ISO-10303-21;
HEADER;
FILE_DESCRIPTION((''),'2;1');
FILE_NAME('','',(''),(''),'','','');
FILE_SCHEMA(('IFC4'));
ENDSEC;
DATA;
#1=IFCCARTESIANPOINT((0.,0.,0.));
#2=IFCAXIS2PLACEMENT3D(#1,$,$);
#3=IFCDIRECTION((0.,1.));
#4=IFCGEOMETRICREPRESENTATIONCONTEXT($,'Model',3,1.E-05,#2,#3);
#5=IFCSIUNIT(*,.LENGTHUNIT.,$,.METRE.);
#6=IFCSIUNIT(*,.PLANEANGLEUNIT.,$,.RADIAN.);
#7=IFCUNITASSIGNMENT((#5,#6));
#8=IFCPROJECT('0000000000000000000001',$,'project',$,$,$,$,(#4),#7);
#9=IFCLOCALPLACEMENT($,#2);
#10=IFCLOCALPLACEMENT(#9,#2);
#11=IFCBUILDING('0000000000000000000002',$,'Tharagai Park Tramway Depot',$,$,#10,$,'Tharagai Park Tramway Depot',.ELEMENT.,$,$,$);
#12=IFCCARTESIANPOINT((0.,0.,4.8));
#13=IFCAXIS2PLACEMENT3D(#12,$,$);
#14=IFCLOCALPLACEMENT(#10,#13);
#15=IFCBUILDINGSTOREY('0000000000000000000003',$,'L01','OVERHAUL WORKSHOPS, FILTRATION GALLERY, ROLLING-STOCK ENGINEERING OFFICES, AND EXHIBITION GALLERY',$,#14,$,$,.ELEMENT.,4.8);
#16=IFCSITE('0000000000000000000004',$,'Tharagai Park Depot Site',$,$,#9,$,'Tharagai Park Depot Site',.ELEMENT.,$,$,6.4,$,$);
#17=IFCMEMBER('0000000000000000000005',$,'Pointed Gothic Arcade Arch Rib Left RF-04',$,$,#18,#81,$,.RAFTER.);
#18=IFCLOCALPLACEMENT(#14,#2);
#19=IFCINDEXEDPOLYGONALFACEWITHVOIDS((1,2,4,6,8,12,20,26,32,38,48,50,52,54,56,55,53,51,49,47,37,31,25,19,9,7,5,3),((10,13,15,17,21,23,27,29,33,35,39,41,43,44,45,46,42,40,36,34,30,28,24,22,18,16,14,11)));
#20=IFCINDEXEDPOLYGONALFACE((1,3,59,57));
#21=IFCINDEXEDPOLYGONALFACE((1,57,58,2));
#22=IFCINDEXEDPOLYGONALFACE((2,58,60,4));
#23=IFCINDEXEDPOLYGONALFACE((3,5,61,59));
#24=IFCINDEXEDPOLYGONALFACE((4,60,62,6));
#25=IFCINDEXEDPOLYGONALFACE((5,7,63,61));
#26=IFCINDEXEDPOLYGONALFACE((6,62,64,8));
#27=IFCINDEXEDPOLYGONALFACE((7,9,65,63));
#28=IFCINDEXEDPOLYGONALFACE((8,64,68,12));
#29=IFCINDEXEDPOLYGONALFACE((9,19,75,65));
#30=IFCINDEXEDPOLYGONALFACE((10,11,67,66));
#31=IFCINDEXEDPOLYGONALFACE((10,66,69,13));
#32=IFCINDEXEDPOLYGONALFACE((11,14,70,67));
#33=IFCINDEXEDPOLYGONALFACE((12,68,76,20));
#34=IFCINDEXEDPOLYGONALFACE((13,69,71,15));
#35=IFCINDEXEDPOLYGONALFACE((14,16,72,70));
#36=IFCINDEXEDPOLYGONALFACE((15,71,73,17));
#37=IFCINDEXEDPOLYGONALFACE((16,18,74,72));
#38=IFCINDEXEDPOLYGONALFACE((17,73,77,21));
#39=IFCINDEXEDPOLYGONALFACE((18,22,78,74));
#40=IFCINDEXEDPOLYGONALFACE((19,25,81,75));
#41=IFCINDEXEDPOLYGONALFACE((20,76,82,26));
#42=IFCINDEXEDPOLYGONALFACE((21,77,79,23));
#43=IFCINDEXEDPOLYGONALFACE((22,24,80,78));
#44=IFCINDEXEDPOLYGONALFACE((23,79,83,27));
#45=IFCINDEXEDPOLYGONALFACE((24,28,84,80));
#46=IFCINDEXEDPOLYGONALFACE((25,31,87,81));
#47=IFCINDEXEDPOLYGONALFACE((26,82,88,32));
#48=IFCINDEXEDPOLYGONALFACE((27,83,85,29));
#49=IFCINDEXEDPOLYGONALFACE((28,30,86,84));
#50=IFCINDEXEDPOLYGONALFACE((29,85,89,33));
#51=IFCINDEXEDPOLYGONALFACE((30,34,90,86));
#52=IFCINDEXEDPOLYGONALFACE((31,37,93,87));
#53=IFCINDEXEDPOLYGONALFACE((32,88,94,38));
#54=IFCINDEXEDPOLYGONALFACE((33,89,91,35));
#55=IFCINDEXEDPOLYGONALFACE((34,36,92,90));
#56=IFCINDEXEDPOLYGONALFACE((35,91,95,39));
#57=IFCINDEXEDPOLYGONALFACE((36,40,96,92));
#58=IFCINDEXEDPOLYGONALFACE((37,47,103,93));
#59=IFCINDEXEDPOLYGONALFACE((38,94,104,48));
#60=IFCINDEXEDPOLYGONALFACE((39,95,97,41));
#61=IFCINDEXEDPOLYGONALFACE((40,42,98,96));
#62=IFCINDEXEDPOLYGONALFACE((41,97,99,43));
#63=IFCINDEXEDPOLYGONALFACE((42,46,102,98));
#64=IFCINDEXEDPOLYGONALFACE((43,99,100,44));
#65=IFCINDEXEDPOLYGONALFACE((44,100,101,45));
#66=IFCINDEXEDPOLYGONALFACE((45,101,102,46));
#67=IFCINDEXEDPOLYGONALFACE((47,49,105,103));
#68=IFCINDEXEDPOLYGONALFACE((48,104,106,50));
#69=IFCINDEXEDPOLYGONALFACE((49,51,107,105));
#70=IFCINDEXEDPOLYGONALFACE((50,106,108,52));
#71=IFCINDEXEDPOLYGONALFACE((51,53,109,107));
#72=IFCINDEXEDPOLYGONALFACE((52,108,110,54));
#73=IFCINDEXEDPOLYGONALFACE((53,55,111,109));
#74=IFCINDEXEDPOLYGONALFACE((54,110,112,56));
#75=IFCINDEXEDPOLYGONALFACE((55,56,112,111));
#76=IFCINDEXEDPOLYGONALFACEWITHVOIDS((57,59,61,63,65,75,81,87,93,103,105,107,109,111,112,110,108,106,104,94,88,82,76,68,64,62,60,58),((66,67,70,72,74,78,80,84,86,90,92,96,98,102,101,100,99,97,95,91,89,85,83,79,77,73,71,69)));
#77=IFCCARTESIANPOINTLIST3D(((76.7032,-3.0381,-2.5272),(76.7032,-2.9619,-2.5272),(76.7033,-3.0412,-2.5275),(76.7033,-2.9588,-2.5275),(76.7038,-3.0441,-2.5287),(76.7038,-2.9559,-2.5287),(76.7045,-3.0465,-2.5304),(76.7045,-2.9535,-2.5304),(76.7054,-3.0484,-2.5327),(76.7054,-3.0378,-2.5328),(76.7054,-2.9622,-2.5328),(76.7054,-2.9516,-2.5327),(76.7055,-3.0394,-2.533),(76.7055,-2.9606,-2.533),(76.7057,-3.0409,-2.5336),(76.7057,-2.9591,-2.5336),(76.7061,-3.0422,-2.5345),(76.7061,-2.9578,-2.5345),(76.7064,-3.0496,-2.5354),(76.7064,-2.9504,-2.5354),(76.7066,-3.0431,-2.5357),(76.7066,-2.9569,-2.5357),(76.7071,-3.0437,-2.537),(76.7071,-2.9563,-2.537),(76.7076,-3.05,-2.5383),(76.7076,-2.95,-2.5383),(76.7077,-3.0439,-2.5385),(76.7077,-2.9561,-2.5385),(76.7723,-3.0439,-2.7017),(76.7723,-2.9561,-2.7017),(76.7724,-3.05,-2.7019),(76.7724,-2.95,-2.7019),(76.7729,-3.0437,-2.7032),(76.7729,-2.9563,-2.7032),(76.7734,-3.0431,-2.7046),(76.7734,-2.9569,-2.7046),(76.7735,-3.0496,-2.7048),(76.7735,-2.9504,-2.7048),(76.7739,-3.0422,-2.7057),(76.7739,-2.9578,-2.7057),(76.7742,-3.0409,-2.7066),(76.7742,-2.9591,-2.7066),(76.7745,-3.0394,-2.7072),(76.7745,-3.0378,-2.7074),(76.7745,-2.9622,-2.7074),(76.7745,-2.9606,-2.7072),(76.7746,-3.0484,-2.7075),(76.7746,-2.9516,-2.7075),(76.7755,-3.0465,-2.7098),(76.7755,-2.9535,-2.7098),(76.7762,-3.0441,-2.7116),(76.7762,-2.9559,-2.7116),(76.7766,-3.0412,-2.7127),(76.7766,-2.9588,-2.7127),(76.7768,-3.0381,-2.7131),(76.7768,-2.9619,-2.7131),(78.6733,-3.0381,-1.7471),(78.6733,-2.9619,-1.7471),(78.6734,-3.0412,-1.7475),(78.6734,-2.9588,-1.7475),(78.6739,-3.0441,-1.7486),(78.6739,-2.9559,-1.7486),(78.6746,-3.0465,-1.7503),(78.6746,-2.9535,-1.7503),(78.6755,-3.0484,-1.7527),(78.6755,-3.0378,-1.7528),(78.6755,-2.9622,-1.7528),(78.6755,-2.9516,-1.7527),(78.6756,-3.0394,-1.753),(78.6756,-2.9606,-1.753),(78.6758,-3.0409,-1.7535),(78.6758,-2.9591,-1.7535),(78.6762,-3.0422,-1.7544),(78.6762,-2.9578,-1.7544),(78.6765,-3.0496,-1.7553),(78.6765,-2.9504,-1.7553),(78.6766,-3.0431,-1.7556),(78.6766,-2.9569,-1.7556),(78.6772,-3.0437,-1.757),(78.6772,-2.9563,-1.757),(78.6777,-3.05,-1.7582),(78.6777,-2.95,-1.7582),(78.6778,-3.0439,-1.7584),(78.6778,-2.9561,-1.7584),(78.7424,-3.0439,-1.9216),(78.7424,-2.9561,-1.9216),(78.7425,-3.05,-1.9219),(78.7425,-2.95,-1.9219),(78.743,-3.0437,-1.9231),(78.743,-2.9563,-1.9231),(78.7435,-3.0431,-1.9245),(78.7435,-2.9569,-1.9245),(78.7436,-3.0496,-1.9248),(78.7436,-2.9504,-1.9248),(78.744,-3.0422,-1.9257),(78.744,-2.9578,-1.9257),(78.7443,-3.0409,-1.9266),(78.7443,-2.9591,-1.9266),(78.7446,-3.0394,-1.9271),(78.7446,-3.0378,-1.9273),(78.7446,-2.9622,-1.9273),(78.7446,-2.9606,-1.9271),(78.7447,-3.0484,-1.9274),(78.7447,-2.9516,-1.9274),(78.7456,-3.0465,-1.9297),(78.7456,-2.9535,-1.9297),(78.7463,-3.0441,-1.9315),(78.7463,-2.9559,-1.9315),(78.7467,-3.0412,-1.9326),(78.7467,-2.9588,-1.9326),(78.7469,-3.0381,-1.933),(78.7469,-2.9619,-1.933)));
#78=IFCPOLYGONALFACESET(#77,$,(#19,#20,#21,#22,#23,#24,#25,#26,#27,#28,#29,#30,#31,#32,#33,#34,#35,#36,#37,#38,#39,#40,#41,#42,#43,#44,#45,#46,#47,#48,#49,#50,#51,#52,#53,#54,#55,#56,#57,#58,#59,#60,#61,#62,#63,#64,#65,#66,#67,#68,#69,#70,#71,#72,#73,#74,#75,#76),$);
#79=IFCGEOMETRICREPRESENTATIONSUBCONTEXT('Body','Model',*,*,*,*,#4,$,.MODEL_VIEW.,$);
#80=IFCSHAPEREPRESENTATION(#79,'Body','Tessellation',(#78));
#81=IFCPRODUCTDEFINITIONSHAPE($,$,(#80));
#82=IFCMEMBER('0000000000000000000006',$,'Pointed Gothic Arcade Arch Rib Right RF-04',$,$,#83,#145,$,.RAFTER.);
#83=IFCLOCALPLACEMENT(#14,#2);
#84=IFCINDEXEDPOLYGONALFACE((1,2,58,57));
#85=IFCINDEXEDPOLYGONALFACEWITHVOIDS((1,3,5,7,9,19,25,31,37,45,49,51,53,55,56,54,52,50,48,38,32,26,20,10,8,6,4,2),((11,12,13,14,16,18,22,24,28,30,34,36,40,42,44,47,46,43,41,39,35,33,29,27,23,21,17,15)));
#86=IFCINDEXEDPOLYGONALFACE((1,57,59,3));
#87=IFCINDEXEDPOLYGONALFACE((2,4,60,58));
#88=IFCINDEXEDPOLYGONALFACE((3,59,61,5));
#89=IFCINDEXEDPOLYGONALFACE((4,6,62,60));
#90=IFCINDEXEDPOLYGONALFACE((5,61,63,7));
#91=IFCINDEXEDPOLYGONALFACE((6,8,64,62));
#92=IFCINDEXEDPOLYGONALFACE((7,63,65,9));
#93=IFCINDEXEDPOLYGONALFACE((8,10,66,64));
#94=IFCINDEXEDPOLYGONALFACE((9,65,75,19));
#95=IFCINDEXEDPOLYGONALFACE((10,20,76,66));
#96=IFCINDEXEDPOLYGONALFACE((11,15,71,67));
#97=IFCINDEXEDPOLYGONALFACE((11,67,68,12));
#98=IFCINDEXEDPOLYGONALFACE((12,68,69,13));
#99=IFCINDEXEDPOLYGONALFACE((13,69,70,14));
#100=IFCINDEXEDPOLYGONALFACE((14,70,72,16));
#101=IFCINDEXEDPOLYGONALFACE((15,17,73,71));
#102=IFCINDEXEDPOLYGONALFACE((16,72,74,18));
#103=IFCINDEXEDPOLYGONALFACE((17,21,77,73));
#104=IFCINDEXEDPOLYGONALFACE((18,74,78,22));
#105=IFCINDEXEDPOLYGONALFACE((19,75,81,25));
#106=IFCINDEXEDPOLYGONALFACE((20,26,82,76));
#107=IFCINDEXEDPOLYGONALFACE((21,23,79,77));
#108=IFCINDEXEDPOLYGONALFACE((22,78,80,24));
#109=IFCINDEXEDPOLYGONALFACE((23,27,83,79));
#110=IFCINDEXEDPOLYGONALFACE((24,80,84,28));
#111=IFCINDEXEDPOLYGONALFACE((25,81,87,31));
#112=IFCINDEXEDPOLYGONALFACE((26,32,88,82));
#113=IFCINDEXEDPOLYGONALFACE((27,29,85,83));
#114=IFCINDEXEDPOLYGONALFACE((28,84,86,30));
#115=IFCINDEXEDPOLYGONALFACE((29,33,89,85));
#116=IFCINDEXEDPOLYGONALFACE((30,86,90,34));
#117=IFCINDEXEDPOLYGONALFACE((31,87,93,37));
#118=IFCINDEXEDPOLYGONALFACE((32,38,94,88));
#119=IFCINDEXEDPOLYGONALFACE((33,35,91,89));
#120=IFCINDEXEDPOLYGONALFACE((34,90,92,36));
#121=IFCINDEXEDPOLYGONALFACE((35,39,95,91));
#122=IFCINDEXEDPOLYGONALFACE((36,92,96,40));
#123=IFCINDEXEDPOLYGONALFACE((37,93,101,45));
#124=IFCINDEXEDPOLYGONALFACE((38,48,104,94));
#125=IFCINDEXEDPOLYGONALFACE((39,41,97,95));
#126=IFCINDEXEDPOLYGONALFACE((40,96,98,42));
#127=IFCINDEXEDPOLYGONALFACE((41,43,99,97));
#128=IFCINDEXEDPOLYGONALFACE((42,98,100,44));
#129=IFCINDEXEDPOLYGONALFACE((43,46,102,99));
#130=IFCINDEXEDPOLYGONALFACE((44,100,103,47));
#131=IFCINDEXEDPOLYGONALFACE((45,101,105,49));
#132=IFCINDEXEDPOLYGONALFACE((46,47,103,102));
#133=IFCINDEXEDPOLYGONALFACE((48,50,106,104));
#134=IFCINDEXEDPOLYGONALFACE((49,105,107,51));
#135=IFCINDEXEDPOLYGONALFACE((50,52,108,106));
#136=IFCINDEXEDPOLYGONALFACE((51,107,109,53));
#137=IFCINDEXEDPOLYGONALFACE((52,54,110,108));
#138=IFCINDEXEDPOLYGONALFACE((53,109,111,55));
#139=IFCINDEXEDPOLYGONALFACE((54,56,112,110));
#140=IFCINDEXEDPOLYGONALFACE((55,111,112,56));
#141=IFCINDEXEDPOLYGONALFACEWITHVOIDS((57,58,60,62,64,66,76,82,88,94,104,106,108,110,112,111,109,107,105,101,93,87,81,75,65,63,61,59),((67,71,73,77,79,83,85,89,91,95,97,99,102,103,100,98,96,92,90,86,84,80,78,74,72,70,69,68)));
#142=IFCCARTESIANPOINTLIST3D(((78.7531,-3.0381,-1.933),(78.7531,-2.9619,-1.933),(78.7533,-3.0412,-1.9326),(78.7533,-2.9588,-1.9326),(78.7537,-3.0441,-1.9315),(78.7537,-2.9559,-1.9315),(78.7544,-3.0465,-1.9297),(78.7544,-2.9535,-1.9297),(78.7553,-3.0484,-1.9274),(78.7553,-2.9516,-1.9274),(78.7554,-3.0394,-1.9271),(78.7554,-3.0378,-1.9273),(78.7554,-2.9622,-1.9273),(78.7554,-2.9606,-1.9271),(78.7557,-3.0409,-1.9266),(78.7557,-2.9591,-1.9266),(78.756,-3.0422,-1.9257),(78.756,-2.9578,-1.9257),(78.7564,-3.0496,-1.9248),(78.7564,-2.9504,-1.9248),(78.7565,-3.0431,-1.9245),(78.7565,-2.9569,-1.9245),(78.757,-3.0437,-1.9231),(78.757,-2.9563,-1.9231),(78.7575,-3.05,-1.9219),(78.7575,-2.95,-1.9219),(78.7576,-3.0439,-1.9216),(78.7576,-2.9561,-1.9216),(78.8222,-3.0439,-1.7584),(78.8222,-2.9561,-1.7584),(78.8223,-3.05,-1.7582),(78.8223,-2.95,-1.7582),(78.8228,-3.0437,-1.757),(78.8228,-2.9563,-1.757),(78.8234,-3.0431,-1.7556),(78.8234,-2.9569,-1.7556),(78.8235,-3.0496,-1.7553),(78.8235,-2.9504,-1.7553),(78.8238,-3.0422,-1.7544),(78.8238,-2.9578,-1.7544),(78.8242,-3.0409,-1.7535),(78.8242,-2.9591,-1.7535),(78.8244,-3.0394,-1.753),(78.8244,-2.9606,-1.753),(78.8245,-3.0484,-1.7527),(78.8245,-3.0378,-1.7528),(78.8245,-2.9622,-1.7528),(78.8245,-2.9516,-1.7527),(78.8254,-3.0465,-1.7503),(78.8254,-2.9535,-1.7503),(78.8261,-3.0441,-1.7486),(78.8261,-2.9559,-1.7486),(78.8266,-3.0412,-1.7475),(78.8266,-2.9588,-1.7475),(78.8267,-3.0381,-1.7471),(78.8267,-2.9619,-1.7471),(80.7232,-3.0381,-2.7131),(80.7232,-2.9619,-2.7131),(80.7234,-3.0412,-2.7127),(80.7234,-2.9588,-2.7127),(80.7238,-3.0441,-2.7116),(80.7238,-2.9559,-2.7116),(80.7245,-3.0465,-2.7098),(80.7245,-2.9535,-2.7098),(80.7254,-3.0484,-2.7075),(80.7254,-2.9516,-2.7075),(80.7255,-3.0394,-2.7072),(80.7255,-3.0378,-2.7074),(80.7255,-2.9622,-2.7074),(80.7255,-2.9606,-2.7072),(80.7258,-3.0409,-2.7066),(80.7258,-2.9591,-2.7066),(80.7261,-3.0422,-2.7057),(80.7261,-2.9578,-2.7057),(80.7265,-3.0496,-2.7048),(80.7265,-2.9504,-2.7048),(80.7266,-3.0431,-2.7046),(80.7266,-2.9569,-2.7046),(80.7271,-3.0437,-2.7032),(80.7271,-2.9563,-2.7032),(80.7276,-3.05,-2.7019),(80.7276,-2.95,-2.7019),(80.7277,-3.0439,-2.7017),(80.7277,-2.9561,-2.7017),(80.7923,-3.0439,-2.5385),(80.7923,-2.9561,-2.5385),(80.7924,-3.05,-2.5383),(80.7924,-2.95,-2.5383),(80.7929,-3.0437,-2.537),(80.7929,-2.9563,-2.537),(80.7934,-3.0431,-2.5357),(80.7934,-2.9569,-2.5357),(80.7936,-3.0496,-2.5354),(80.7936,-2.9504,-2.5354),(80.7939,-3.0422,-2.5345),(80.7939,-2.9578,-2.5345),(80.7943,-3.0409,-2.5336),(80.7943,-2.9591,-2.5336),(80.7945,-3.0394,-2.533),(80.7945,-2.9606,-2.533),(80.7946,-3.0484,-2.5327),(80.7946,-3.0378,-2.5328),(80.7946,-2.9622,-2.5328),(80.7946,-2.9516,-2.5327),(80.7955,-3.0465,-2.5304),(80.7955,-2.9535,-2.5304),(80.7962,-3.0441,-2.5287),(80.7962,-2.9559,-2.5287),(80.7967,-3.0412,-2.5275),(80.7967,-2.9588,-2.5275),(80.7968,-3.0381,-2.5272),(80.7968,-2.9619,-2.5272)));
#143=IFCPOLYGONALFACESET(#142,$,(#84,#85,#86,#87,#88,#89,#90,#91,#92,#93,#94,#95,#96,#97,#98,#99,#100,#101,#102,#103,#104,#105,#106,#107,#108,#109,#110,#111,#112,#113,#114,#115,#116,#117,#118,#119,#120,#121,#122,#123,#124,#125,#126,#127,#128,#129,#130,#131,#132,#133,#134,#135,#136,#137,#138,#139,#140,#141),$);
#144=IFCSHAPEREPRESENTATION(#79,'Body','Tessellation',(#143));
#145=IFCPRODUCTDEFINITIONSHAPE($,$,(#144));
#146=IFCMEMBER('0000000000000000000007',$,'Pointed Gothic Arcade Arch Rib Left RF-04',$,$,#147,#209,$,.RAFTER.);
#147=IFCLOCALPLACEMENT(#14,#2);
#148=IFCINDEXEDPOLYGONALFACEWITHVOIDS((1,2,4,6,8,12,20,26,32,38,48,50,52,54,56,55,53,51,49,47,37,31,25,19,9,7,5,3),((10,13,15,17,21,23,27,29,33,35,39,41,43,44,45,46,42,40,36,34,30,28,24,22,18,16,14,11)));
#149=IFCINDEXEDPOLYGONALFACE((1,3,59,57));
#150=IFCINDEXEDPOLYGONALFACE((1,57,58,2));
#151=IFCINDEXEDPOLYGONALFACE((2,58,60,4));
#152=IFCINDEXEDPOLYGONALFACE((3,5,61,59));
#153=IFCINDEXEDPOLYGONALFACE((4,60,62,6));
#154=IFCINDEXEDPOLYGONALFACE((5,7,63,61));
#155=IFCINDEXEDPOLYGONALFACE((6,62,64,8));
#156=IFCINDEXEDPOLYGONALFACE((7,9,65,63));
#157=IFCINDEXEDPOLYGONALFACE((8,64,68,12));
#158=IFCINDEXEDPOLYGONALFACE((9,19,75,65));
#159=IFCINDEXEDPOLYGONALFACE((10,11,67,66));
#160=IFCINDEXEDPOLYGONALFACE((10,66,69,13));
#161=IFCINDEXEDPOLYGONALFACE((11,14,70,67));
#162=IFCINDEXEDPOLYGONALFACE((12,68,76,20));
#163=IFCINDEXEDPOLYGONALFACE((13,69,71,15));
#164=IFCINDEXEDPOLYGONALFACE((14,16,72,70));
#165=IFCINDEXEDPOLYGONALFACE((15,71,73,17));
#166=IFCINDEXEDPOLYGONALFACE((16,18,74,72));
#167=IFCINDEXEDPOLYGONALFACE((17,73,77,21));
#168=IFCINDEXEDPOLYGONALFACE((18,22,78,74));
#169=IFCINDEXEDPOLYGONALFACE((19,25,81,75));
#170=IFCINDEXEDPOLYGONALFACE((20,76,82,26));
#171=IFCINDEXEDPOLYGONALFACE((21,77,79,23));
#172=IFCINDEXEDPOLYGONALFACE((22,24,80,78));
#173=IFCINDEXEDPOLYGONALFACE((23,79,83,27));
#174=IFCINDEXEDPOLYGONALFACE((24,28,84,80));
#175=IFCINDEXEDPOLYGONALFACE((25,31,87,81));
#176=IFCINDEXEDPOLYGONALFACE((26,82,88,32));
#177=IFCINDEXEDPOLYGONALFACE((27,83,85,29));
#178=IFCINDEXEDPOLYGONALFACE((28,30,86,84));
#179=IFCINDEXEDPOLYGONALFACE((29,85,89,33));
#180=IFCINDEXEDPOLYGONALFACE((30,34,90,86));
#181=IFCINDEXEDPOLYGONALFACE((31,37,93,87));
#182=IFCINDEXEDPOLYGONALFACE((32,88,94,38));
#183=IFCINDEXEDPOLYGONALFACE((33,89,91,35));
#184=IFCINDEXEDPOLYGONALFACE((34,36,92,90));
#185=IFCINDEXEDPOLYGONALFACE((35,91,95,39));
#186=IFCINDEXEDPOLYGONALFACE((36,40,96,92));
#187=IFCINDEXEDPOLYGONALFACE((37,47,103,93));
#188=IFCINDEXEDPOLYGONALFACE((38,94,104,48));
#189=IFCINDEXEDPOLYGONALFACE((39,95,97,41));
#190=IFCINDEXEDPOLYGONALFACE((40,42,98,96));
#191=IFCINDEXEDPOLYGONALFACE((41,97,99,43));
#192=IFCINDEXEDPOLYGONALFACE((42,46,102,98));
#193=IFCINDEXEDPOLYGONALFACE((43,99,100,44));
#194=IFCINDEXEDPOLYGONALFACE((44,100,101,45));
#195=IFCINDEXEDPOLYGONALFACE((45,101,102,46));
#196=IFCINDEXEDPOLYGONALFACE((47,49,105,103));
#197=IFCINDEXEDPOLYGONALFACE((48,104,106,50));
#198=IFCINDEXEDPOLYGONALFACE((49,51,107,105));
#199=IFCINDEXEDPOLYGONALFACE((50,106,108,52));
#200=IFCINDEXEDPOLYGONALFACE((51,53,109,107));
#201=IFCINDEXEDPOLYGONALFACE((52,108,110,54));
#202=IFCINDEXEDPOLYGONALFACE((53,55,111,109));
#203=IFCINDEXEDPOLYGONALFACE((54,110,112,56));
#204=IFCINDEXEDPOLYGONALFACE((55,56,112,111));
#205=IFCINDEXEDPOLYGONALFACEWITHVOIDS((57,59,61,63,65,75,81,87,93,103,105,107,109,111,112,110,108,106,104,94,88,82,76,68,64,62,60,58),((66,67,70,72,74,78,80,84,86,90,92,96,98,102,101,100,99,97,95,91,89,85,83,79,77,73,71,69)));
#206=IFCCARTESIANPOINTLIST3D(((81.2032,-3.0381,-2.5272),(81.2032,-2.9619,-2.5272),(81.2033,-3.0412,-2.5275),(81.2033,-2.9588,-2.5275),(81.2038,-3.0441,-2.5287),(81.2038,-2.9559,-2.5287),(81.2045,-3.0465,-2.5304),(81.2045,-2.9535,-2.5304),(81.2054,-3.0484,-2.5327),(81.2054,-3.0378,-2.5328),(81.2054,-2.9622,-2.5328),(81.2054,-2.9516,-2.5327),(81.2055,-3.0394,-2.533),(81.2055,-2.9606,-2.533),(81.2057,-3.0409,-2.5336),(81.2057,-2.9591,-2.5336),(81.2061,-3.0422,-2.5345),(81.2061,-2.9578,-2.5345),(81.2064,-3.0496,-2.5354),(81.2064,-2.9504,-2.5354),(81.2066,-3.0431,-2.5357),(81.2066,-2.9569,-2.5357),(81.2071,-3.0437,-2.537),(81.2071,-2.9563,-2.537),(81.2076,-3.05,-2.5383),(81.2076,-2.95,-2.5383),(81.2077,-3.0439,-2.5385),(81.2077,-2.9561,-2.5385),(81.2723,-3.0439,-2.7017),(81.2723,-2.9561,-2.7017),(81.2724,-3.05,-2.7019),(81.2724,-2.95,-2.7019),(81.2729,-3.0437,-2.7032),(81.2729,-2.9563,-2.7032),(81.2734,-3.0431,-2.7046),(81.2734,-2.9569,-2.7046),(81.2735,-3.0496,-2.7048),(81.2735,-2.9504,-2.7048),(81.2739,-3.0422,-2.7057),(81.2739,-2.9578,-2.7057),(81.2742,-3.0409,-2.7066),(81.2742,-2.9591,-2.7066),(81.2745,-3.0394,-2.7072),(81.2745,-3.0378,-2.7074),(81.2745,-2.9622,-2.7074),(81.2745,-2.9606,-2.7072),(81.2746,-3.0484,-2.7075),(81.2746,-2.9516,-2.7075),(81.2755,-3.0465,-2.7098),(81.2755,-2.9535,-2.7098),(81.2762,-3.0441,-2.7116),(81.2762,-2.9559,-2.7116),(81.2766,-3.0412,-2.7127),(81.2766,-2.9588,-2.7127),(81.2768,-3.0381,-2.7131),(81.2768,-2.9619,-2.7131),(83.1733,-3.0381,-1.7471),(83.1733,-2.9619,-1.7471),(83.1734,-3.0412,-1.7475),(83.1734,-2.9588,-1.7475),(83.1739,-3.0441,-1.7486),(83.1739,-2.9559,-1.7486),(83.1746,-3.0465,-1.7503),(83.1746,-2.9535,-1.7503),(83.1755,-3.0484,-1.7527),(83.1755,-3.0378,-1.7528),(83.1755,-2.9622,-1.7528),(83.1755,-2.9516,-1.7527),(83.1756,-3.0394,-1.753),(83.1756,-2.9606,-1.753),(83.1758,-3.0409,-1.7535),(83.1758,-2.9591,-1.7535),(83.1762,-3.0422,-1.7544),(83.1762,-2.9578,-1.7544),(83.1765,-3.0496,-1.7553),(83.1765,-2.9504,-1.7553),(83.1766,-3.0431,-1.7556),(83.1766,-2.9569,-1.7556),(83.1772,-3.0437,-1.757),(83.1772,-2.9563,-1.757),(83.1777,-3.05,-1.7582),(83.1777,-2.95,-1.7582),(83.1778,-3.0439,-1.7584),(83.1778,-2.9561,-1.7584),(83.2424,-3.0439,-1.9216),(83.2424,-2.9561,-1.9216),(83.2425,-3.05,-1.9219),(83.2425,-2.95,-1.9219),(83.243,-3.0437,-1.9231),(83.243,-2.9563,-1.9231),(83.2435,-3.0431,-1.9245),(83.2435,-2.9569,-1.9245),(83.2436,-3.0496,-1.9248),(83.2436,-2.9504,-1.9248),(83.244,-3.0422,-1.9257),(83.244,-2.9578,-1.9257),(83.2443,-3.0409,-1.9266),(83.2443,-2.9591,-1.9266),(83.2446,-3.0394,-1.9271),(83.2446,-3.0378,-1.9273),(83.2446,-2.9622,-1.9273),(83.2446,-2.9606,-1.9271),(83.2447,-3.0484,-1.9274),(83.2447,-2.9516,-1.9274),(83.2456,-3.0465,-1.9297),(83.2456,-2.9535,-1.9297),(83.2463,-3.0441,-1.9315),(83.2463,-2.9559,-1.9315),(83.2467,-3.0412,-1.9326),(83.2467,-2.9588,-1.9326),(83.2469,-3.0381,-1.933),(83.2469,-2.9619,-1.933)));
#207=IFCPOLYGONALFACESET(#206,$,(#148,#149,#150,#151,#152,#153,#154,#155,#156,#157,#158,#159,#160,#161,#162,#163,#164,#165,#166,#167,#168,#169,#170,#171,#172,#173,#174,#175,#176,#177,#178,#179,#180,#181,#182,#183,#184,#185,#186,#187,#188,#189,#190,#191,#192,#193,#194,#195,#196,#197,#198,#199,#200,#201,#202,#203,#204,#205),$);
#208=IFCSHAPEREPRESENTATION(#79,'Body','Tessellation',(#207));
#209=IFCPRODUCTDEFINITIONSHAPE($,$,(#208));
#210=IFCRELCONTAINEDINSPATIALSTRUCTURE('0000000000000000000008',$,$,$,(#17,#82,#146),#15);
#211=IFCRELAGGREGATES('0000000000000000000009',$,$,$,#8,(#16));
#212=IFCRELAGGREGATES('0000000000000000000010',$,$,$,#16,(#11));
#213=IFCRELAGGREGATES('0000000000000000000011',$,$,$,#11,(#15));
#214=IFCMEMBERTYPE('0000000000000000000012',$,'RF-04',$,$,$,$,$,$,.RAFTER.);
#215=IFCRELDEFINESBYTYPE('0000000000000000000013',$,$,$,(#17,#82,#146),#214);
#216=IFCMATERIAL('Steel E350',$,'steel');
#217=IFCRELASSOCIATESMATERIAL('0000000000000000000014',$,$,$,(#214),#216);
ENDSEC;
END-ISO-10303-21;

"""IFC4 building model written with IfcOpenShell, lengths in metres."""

from ifc_helpers import new_model, si_unit, direction, frame, origin, origin_2d, place, context, subcontext, project, spatial, hollow_rectangle, extrude, material, material_profile, profile_set, type_object, element, save


model = new_model("IFC4")

# Units and contexts
model_context = context("Model", 3, precision=1e-05, world=origin(), true_north=direction((0.0, 1.0)))
body_context = subcontext(model_context, "Body", "Model", "MODEL_VIEW")
ifc_project = project(units=[si_unit("LENGTHUNIT", "METRE"), si_unit("PLANEANGLEUNIT", "RADIAN")], contexts=[model_context])

# Site, building, storey
site_placement = place(None, origin())
site = spatial("IfcSite", under=ifc_project, at=site_placement, Name="Tharagai Park Depot Site", LongName="Tharagai Park Depot Site", CompositionType="ELEMENT", RefElevation=6.4)
building_placement = place(site_placement, origin())
building = spatial("IfcBuilding", under=site, at=building_placement, Name="Tharagai Park Tramway Depot", LongName="Tharagai Park Tramway Depot", CompositionType="ELEMENT")
storey_placement = place(building_placement, frame((0.0, 0.0, 4.8)))
storey = spatial("IfcBuildingStorey", under=building, at=storey_placement, Name="L01", Description="OVERHAUL WORKSHOPS, FILTRATION GALLERY, ROLLING-STOCK ENGINEERING OFFICES, AND EXHIBITION GALLERY", CompositionType="ELEMENT", Elevation=4.8)

# Members
ifc_material_1 = material(Name="Steel E350", Category="steel")
ifc_material_profile_1 = material_profile(ifc_material_1, hollow_rectangle(XDim=0.1001, YDim=0.2, WallThickness=0.0061, InnerFilletRadius=0.0061, OuterFilletRadius=0.012, at=origin_2d()), Name="RHS 200x100x6")
ifc_profile_set_1 = profile_set([ifc_material_profile_1], Name="Steel E350")
member_type_1 = type_object("IfcMemberType", Name="RF-04", PredefinedType="RAFTER", material=ifc_profile_set_1)
for number, where, z_axis, x_axis, name in (
    (1, (76.74, -3.0, -2.6201), (0.929766, 0.0, 0.36815), (0.0, 1.0, 0.0), "Pointed Gothic Arcade Arch Rib Left RF-04"),
    (2, (80.76, -3.0, -2.6201), (-0.929766, 0.0, 0.36815), (0.0, -1.0, 0.0), "Pointed Gothic Arcade Arch Rib Right RF-04"),
    (3, (81.24, -3.0, -2.6201), (0.929766, 0.0, 0.36815), (0.0, 1.0, 0.0), "Pointed Gothic Arcade Arch Rib Left RF-04"),
):
    element("IfcMember", number, at=place(storey_placement, frame(where, z_axis=z_axis, x_axis=x_axis)), inside=storey, type_object=member_type_1, Name=name, PredefinedType="RAFTER", context=body_context, shape_type="SweptSolid", body=[
        extrude(hollow_rectangle(XDim=0.1001, YDim=0.2, WallThickness=0.0061, InnerFilletRadius=0.0061, OuterFilletRadius=0.012, at=origin_2d()), origin(), (0.0, 0.0, 1.0), 2.1189),
    ])

save(model, "model.ifc")
